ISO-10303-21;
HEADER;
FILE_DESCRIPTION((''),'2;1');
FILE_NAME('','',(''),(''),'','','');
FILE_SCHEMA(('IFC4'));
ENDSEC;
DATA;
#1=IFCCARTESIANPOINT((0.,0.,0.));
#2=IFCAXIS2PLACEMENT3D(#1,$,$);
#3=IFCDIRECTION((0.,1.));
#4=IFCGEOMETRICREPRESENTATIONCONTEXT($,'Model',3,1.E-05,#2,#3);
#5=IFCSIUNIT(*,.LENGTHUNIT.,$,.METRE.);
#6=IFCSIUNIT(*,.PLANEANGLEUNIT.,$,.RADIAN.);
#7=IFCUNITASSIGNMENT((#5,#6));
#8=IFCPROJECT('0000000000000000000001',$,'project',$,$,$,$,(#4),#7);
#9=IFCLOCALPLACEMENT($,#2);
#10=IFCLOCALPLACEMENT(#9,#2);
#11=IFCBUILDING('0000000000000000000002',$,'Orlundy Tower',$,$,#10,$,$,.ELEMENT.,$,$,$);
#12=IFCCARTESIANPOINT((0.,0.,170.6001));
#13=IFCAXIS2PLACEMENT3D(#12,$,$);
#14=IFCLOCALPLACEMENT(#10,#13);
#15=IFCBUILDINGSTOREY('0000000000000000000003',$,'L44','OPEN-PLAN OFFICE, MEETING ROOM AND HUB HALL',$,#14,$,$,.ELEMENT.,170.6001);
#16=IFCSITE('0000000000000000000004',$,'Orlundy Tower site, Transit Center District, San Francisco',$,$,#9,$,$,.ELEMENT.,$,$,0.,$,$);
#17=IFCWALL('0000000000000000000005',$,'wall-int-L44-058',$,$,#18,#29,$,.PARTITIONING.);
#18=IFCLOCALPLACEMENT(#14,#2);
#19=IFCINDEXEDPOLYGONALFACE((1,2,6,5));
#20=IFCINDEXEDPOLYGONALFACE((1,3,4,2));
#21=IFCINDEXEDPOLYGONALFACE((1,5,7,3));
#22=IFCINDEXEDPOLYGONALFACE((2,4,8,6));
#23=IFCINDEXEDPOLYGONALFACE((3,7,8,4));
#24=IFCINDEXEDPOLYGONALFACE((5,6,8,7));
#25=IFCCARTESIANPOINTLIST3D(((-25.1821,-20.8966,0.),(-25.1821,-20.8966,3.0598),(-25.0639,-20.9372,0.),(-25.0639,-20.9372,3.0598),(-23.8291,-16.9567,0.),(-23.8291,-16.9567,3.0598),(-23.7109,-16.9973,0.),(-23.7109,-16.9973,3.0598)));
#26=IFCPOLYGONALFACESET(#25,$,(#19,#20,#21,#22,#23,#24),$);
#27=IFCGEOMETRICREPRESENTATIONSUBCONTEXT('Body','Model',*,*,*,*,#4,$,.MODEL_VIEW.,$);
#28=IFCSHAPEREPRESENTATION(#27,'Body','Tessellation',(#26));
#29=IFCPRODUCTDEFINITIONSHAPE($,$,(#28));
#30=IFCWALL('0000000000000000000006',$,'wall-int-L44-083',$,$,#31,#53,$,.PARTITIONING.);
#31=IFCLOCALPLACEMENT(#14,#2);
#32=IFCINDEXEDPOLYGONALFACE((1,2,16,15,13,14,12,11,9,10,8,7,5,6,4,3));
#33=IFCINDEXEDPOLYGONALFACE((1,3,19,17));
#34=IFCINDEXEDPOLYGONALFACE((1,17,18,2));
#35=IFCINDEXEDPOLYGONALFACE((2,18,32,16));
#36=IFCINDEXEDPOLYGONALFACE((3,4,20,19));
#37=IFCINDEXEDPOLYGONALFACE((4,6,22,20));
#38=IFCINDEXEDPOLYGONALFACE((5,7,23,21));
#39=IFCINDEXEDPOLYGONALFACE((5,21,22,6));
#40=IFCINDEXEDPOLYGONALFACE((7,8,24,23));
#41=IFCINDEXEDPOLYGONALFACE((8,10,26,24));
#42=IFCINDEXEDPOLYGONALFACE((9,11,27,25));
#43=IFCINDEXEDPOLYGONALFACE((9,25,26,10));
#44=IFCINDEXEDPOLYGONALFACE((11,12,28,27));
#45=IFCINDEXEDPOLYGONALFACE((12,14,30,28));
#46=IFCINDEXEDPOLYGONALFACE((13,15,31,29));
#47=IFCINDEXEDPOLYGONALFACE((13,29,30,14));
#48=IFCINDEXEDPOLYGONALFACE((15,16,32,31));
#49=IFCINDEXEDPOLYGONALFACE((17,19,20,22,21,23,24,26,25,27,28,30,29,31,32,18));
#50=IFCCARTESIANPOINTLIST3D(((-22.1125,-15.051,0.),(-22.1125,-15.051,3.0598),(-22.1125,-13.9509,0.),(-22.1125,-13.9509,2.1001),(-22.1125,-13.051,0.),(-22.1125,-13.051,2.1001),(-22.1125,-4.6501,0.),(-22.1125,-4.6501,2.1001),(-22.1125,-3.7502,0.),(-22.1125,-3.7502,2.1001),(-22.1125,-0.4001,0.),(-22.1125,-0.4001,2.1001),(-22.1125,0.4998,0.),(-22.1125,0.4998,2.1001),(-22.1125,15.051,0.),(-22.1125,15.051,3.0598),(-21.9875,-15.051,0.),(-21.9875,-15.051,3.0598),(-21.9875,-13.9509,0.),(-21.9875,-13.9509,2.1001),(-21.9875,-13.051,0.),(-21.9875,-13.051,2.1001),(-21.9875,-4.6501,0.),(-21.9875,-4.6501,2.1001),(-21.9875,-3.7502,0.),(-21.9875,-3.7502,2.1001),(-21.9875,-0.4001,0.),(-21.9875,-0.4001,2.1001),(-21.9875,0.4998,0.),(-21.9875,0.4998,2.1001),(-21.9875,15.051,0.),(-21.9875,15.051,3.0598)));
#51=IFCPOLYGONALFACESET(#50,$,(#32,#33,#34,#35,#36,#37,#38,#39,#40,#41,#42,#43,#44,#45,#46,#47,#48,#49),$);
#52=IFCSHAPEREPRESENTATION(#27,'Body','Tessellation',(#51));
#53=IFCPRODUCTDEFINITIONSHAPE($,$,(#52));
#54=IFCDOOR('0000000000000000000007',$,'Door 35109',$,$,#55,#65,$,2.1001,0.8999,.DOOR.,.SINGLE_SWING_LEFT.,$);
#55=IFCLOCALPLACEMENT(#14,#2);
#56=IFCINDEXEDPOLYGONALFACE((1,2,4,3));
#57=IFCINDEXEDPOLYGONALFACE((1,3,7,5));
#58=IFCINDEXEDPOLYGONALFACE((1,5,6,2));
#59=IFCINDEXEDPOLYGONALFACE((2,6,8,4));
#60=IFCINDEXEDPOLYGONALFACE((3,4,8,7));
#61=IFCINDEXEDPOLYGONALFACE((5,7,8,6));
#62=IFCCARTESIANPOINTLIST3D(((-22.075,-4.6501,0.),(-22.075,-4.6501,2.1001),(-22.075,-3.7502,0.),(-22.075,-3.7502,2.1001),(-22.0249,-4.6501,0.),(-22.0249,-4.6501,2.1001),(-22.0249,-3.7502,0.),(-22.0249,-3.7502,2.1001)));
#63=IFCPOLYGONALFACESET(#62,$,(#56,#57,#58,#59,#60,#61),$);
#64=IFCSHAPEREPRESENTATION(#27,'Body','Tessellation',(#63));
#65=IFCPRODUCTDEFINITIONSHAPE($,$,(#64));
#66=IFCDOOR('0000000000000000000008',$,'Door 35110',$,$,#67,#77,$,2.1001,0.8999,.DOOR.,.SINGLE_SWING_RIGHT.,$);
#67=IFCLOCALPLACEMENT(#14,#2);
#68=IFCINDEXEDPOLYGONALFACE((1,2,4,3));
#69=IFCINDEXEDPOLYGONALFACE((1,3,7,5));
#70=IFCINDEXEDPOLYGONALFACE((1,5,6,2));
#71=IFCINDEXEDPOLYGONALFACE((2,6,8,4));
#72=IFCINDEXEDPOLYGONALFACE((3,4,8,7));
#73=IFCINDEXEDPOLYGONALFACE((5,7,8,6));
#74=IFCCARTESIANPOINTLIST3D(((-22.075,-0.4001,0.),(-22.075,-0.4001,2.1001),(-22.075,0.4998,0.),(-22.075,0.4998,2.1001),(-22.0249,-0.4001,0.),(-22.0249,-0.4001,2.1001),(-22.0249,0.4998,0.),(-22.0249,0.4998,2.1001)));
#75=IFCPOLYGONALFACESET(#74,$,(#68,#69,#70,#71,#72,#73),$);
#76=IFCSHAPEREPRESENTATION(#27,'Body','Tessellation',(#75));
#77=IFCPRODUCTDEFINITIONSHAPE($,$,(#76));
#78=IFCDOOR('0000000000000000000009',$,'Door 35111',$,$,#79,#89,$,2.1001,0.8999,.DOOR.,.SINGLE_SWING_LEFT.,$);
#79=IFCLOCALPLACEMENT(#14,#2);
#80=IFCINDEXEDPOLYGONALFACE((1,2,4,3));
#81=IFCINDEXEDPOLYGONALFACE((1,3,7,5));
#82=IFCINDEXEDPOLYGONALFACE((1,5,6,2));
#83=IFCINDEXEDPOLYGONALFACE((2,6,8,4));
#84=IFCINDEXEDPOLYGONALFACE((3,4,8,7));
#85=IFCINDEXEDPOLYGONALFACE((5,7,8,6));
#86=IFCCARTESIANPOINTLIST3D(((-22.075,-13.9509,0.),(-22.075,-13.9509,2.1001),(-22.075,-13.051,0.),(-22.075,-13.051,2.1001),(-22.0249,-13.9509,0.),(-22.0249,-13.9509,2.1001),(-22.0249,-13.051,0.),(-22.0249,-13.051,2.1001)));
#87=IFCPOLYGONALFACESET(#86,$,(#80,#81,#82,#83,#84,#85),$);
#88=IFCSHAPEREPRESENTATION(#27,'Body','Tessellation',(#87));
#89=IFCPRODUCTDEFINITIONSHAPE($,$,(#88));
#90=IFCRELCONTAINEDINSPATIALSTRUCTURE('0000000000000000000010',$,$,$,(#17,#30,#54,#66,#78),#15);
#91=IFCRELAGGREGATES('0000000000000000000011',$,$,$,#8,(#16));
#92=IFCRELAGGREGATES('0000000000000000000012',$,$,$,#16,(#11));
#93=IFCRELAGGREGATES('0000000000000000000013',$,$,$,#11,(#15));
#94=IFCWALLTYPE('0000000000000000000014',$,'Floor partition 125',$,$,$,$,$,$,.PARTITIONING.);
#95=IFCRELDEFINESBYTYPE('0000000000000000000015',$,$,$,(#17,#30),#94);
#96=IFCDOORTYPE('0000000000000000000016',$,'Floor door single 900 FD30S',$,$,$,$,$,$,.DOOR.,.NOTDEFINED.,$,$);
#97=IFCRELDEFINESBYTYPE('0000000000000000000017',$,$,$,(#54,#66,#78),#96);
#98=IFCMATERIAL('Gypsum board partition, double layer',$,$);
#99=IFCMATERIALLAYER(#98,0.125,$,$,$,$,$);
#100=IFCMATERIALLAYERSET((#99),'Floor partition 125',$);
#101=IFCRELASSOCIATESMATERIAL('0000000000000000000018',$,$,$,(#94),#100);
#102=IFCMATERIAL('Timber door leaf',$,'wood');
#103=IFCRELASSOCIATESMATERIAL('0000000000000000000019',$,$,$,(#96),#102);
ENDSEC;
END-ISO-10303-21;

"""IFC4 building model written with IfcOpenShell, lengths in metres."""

from ifc_helpers import new_model, si_unit, direction, frame, frame_2d, origin, place, context, subcontext, project, spatial, rectangle, extrude, material, layer, layer_set, type_object, element, fill, save


model = new_model("IFC4")

# Units and contexts
model_context = context("Model", 3, precision=1e-05, world=origin(), true_north=direction((0.0, 1.0)))
body_context = subcontext(model_context, "Body", "Model", "MODEL_VIEW")
ifc_project = project(units=[si_unit("LENGTHUNIT", "METRE"), si_unit("PLANEANGLEUNIT", "RADIAN")], contexts=[model_context])

# Site, building, storey
site_placement = place(None, origin())
site = spatial("IfcSite", under=ifc_project, at=site_placement, Name="Orlundy Tower site, Transit Center District, San Francisco", CompositionType="ELEMENT", RefElevation=0.0)
building_placement = place(site_placement, origin())
building = spatial("IfcBuilding", under=site, at=building_placement, Name="Orlundy Tower", CompositionType="ELEMENT")
storey_placement = place(building_placement, frame((0.0, 0.0, 170.6001)))
storey = spatial("IfcBuildingStorey", under=building, at=storey_placement, Name="L44", Description="OPEN-PLAN OFFICE, MEETING ROOM AND HUB HALL", CompositionType="ELEMENT", Elevation=170.6001)

# Shared definitions
ifc_material_1 = material(Name="Gypsum board partition, double layer")
ifc_layer_1 = layer(ifc_material_1, 0.125)
ifc_layer_set_1 = layer_set([ifc_layer_1], Name="Floor partition 125")
wall_type_1 = type_object("IfcWallType", Name="Floor partition 125", PredefinedType="PARTITIONING", material=ifc_layer_set_1)

# Shared definitions
ifc_material_2 = material(Name="Timber door leaf", Category="wood")
door_type_1 = type_object("IfcDoorType", Name="Floor door single 900 FD30S", OperationType="NOTDEFINED", PredefinedType="DOOR", material=ifc_material_2)

# Wall
wall_1_placement = place(storey_placement, frame((-25.123, -20.917, 0.0), z_axis=(0.0, 0.0, 1.0), x_axis=(0.324795, 0.945785, 0.0)))
element("IfcWall", 1, at=wall_1_placement, inside=storey, type_object=wall_type_1, Name="wall-int-L44-058", PredefinedType="PARTITIONING", context=body_context, shape_type="SweptSolid", body=[
    extrude(rectangle(XDim=4.1658, YDim=0.125, at=frame_2d((2.083, 0.0))), origin(), (0.0, 0.0, 1.0), 3.0598),
])

# Wall, openings, doors
wall_2_placement = place(storey_placement, frame((-22.05, -15.051, 0.0), z_axis=(0.0, 0.0, 1.0), x_axis=(0.0, 1.0, 0.0)))
wall_2 = element("IfcWall", 2, at=wall_2_placement, inside=storey, type_object=wall_type_1, Name="wall-int-L44-083", PredefinedType="PARTITIONING", context=body_context, shape_type="SweptSolid", body=[
    extrude(rectangle(XDim=30.1021, YDim=0.125, at=frame_2d((15.051, 0.0))), origin(), (0.0, 0.0, 1.0), 3.0598),
])
opening_1_placement = place(wall_2_placement, frame((10.4009, 0.0, 0.0)))
opening_1 = element("IfcOpeningElement", 3, at=opening_1_placement, cuts=wall_2, PredefinedType="OPENING", context=body_context, shape_type="SweptSolid", body=[
    extrude(rectangle(XDim=0.8999, YDim=2.1001, at=frame_2d((0.45, 1.05))), frame((0.0, 0.0725, 0.0), z_axis=(0.0, -1.0, 0.0), x_axis=(1.0, 0.0, 0.0)), (0.0, 0.0, 1.0), 0.145),
])
opening_2_placement = place(wall_2_placement, frame((14.6509, 0.0, 0.0)))
opening_2 = element("IfcOpeningElement", 4, at=opening_2_placement, cuts=wall_2, PredefinedType="OPENING", context=body_context, shape_type="SweptSolid", body=[
    extrude(rectangle(XDim=0.8999, YDim=2.1001, at=frame_2d((0.45, 1.05))), frame((0.0, 0.0725, 0.0), z_axis=(0.0, -1.0, 0.0), x_axis=(1.0, 0.0, 0.0)), (0.0, 0.0, 1.0), 0.145),
])
opening_3_placement = place(wall_2_placement, frame((1.1001, 0.0, 0.0)))
opening_3 = element("IfcOpeningElement", 5, at=opening_3_placement, cuts=wall_2, PredefinedType="OPENING", context=body_context, shape_type="SweptSolid", body=[
    extrude(rectangle(XDim=0.8999, YDim=2.1001, at=frame_2d((0.45, 1.05))), frame((0.0, 0.0725, 0.0), z_axis=(0.0, -1.0, 0.0), x_axis=(1.0, 0.0, 0.0)), (0.0, 0.0, 1.0), 0.145),
])
door_1_placement = place(opening_1_placement, origin())
door_1 = element("IfcDoor", 6, at=door_1_placement, inside=storey, type_object=door_type_1, Name="Door 35109", OperationType="SINGLE_SWING_LEFT", OverallHeight=2.1001, OverallWidth=0.8999, PredefinedType="DOOR", context=body_context, shape_type="SweptSolid", body=[
    extrude(rectangle(XDim=0.8999, YDim=2.1001, at=frame_2d((0.45, 1.05))), frame((0.0, 0.0249, 0.0), z_axis=(0.0, -1.0, 0.0), x_axis=(1.0, 0.0, 0.0)), (0.0, 0.0, 1.0), 0.05),
])
fill(opening_1, door_1)
door_2_placement = place(opening_2_placement, origin())
door_2 = element("IfcDoor", 7, at=door_2_placement, inside=storey, type_object=door_type_1, Name="Door 35110", OperationType="SINGLE_SWING_RIGHT", OverallHeight=2.1001, OverallWidth=0.8999, PredefinedType="DOOR", context=body_context, shape_type="SweptSolid", body=[
    extrude(rectangle(XDim=0.8999, YDim=2.1001, at=frame_2d((0.45, 1.05))), frame((0.0, 0.0249, 0.0), z_axis=(0.0, -1.0, 0.0), x_axis=(1.0, 0.0, 0.0)), (0.0, 0.0, 1.0), 0.05),
])
fill(opening_2, door_2)
door_3_placement = place(opening_3_placement, origin())
door_3 = element("IfcDoor", 8, at=door_3_placement, inside=storey, type_object=door_type_1, Name="Door 35111", OperationType="SINGLE_SWING_LEFT", OverallHeight=2.1001, OverallWidth=0.8999, PredefinedType="DOOR", context=body_context, shape_type="SweptSolid", body=[
    extrude(rectangle(XDim=0.8999, YDim=2.1001, at=frame_2d((0.45, 1.05))), frame((0.0, 0.0249, 0.0), z_axis=(0.0, -1.0, 0.0), x_axis=(1.0, 0.0, 0.0)), (0.0, 0.0, 1.0), 0.05),
])
fill(opening_3, door_3)

save(model, "model.ifc")
